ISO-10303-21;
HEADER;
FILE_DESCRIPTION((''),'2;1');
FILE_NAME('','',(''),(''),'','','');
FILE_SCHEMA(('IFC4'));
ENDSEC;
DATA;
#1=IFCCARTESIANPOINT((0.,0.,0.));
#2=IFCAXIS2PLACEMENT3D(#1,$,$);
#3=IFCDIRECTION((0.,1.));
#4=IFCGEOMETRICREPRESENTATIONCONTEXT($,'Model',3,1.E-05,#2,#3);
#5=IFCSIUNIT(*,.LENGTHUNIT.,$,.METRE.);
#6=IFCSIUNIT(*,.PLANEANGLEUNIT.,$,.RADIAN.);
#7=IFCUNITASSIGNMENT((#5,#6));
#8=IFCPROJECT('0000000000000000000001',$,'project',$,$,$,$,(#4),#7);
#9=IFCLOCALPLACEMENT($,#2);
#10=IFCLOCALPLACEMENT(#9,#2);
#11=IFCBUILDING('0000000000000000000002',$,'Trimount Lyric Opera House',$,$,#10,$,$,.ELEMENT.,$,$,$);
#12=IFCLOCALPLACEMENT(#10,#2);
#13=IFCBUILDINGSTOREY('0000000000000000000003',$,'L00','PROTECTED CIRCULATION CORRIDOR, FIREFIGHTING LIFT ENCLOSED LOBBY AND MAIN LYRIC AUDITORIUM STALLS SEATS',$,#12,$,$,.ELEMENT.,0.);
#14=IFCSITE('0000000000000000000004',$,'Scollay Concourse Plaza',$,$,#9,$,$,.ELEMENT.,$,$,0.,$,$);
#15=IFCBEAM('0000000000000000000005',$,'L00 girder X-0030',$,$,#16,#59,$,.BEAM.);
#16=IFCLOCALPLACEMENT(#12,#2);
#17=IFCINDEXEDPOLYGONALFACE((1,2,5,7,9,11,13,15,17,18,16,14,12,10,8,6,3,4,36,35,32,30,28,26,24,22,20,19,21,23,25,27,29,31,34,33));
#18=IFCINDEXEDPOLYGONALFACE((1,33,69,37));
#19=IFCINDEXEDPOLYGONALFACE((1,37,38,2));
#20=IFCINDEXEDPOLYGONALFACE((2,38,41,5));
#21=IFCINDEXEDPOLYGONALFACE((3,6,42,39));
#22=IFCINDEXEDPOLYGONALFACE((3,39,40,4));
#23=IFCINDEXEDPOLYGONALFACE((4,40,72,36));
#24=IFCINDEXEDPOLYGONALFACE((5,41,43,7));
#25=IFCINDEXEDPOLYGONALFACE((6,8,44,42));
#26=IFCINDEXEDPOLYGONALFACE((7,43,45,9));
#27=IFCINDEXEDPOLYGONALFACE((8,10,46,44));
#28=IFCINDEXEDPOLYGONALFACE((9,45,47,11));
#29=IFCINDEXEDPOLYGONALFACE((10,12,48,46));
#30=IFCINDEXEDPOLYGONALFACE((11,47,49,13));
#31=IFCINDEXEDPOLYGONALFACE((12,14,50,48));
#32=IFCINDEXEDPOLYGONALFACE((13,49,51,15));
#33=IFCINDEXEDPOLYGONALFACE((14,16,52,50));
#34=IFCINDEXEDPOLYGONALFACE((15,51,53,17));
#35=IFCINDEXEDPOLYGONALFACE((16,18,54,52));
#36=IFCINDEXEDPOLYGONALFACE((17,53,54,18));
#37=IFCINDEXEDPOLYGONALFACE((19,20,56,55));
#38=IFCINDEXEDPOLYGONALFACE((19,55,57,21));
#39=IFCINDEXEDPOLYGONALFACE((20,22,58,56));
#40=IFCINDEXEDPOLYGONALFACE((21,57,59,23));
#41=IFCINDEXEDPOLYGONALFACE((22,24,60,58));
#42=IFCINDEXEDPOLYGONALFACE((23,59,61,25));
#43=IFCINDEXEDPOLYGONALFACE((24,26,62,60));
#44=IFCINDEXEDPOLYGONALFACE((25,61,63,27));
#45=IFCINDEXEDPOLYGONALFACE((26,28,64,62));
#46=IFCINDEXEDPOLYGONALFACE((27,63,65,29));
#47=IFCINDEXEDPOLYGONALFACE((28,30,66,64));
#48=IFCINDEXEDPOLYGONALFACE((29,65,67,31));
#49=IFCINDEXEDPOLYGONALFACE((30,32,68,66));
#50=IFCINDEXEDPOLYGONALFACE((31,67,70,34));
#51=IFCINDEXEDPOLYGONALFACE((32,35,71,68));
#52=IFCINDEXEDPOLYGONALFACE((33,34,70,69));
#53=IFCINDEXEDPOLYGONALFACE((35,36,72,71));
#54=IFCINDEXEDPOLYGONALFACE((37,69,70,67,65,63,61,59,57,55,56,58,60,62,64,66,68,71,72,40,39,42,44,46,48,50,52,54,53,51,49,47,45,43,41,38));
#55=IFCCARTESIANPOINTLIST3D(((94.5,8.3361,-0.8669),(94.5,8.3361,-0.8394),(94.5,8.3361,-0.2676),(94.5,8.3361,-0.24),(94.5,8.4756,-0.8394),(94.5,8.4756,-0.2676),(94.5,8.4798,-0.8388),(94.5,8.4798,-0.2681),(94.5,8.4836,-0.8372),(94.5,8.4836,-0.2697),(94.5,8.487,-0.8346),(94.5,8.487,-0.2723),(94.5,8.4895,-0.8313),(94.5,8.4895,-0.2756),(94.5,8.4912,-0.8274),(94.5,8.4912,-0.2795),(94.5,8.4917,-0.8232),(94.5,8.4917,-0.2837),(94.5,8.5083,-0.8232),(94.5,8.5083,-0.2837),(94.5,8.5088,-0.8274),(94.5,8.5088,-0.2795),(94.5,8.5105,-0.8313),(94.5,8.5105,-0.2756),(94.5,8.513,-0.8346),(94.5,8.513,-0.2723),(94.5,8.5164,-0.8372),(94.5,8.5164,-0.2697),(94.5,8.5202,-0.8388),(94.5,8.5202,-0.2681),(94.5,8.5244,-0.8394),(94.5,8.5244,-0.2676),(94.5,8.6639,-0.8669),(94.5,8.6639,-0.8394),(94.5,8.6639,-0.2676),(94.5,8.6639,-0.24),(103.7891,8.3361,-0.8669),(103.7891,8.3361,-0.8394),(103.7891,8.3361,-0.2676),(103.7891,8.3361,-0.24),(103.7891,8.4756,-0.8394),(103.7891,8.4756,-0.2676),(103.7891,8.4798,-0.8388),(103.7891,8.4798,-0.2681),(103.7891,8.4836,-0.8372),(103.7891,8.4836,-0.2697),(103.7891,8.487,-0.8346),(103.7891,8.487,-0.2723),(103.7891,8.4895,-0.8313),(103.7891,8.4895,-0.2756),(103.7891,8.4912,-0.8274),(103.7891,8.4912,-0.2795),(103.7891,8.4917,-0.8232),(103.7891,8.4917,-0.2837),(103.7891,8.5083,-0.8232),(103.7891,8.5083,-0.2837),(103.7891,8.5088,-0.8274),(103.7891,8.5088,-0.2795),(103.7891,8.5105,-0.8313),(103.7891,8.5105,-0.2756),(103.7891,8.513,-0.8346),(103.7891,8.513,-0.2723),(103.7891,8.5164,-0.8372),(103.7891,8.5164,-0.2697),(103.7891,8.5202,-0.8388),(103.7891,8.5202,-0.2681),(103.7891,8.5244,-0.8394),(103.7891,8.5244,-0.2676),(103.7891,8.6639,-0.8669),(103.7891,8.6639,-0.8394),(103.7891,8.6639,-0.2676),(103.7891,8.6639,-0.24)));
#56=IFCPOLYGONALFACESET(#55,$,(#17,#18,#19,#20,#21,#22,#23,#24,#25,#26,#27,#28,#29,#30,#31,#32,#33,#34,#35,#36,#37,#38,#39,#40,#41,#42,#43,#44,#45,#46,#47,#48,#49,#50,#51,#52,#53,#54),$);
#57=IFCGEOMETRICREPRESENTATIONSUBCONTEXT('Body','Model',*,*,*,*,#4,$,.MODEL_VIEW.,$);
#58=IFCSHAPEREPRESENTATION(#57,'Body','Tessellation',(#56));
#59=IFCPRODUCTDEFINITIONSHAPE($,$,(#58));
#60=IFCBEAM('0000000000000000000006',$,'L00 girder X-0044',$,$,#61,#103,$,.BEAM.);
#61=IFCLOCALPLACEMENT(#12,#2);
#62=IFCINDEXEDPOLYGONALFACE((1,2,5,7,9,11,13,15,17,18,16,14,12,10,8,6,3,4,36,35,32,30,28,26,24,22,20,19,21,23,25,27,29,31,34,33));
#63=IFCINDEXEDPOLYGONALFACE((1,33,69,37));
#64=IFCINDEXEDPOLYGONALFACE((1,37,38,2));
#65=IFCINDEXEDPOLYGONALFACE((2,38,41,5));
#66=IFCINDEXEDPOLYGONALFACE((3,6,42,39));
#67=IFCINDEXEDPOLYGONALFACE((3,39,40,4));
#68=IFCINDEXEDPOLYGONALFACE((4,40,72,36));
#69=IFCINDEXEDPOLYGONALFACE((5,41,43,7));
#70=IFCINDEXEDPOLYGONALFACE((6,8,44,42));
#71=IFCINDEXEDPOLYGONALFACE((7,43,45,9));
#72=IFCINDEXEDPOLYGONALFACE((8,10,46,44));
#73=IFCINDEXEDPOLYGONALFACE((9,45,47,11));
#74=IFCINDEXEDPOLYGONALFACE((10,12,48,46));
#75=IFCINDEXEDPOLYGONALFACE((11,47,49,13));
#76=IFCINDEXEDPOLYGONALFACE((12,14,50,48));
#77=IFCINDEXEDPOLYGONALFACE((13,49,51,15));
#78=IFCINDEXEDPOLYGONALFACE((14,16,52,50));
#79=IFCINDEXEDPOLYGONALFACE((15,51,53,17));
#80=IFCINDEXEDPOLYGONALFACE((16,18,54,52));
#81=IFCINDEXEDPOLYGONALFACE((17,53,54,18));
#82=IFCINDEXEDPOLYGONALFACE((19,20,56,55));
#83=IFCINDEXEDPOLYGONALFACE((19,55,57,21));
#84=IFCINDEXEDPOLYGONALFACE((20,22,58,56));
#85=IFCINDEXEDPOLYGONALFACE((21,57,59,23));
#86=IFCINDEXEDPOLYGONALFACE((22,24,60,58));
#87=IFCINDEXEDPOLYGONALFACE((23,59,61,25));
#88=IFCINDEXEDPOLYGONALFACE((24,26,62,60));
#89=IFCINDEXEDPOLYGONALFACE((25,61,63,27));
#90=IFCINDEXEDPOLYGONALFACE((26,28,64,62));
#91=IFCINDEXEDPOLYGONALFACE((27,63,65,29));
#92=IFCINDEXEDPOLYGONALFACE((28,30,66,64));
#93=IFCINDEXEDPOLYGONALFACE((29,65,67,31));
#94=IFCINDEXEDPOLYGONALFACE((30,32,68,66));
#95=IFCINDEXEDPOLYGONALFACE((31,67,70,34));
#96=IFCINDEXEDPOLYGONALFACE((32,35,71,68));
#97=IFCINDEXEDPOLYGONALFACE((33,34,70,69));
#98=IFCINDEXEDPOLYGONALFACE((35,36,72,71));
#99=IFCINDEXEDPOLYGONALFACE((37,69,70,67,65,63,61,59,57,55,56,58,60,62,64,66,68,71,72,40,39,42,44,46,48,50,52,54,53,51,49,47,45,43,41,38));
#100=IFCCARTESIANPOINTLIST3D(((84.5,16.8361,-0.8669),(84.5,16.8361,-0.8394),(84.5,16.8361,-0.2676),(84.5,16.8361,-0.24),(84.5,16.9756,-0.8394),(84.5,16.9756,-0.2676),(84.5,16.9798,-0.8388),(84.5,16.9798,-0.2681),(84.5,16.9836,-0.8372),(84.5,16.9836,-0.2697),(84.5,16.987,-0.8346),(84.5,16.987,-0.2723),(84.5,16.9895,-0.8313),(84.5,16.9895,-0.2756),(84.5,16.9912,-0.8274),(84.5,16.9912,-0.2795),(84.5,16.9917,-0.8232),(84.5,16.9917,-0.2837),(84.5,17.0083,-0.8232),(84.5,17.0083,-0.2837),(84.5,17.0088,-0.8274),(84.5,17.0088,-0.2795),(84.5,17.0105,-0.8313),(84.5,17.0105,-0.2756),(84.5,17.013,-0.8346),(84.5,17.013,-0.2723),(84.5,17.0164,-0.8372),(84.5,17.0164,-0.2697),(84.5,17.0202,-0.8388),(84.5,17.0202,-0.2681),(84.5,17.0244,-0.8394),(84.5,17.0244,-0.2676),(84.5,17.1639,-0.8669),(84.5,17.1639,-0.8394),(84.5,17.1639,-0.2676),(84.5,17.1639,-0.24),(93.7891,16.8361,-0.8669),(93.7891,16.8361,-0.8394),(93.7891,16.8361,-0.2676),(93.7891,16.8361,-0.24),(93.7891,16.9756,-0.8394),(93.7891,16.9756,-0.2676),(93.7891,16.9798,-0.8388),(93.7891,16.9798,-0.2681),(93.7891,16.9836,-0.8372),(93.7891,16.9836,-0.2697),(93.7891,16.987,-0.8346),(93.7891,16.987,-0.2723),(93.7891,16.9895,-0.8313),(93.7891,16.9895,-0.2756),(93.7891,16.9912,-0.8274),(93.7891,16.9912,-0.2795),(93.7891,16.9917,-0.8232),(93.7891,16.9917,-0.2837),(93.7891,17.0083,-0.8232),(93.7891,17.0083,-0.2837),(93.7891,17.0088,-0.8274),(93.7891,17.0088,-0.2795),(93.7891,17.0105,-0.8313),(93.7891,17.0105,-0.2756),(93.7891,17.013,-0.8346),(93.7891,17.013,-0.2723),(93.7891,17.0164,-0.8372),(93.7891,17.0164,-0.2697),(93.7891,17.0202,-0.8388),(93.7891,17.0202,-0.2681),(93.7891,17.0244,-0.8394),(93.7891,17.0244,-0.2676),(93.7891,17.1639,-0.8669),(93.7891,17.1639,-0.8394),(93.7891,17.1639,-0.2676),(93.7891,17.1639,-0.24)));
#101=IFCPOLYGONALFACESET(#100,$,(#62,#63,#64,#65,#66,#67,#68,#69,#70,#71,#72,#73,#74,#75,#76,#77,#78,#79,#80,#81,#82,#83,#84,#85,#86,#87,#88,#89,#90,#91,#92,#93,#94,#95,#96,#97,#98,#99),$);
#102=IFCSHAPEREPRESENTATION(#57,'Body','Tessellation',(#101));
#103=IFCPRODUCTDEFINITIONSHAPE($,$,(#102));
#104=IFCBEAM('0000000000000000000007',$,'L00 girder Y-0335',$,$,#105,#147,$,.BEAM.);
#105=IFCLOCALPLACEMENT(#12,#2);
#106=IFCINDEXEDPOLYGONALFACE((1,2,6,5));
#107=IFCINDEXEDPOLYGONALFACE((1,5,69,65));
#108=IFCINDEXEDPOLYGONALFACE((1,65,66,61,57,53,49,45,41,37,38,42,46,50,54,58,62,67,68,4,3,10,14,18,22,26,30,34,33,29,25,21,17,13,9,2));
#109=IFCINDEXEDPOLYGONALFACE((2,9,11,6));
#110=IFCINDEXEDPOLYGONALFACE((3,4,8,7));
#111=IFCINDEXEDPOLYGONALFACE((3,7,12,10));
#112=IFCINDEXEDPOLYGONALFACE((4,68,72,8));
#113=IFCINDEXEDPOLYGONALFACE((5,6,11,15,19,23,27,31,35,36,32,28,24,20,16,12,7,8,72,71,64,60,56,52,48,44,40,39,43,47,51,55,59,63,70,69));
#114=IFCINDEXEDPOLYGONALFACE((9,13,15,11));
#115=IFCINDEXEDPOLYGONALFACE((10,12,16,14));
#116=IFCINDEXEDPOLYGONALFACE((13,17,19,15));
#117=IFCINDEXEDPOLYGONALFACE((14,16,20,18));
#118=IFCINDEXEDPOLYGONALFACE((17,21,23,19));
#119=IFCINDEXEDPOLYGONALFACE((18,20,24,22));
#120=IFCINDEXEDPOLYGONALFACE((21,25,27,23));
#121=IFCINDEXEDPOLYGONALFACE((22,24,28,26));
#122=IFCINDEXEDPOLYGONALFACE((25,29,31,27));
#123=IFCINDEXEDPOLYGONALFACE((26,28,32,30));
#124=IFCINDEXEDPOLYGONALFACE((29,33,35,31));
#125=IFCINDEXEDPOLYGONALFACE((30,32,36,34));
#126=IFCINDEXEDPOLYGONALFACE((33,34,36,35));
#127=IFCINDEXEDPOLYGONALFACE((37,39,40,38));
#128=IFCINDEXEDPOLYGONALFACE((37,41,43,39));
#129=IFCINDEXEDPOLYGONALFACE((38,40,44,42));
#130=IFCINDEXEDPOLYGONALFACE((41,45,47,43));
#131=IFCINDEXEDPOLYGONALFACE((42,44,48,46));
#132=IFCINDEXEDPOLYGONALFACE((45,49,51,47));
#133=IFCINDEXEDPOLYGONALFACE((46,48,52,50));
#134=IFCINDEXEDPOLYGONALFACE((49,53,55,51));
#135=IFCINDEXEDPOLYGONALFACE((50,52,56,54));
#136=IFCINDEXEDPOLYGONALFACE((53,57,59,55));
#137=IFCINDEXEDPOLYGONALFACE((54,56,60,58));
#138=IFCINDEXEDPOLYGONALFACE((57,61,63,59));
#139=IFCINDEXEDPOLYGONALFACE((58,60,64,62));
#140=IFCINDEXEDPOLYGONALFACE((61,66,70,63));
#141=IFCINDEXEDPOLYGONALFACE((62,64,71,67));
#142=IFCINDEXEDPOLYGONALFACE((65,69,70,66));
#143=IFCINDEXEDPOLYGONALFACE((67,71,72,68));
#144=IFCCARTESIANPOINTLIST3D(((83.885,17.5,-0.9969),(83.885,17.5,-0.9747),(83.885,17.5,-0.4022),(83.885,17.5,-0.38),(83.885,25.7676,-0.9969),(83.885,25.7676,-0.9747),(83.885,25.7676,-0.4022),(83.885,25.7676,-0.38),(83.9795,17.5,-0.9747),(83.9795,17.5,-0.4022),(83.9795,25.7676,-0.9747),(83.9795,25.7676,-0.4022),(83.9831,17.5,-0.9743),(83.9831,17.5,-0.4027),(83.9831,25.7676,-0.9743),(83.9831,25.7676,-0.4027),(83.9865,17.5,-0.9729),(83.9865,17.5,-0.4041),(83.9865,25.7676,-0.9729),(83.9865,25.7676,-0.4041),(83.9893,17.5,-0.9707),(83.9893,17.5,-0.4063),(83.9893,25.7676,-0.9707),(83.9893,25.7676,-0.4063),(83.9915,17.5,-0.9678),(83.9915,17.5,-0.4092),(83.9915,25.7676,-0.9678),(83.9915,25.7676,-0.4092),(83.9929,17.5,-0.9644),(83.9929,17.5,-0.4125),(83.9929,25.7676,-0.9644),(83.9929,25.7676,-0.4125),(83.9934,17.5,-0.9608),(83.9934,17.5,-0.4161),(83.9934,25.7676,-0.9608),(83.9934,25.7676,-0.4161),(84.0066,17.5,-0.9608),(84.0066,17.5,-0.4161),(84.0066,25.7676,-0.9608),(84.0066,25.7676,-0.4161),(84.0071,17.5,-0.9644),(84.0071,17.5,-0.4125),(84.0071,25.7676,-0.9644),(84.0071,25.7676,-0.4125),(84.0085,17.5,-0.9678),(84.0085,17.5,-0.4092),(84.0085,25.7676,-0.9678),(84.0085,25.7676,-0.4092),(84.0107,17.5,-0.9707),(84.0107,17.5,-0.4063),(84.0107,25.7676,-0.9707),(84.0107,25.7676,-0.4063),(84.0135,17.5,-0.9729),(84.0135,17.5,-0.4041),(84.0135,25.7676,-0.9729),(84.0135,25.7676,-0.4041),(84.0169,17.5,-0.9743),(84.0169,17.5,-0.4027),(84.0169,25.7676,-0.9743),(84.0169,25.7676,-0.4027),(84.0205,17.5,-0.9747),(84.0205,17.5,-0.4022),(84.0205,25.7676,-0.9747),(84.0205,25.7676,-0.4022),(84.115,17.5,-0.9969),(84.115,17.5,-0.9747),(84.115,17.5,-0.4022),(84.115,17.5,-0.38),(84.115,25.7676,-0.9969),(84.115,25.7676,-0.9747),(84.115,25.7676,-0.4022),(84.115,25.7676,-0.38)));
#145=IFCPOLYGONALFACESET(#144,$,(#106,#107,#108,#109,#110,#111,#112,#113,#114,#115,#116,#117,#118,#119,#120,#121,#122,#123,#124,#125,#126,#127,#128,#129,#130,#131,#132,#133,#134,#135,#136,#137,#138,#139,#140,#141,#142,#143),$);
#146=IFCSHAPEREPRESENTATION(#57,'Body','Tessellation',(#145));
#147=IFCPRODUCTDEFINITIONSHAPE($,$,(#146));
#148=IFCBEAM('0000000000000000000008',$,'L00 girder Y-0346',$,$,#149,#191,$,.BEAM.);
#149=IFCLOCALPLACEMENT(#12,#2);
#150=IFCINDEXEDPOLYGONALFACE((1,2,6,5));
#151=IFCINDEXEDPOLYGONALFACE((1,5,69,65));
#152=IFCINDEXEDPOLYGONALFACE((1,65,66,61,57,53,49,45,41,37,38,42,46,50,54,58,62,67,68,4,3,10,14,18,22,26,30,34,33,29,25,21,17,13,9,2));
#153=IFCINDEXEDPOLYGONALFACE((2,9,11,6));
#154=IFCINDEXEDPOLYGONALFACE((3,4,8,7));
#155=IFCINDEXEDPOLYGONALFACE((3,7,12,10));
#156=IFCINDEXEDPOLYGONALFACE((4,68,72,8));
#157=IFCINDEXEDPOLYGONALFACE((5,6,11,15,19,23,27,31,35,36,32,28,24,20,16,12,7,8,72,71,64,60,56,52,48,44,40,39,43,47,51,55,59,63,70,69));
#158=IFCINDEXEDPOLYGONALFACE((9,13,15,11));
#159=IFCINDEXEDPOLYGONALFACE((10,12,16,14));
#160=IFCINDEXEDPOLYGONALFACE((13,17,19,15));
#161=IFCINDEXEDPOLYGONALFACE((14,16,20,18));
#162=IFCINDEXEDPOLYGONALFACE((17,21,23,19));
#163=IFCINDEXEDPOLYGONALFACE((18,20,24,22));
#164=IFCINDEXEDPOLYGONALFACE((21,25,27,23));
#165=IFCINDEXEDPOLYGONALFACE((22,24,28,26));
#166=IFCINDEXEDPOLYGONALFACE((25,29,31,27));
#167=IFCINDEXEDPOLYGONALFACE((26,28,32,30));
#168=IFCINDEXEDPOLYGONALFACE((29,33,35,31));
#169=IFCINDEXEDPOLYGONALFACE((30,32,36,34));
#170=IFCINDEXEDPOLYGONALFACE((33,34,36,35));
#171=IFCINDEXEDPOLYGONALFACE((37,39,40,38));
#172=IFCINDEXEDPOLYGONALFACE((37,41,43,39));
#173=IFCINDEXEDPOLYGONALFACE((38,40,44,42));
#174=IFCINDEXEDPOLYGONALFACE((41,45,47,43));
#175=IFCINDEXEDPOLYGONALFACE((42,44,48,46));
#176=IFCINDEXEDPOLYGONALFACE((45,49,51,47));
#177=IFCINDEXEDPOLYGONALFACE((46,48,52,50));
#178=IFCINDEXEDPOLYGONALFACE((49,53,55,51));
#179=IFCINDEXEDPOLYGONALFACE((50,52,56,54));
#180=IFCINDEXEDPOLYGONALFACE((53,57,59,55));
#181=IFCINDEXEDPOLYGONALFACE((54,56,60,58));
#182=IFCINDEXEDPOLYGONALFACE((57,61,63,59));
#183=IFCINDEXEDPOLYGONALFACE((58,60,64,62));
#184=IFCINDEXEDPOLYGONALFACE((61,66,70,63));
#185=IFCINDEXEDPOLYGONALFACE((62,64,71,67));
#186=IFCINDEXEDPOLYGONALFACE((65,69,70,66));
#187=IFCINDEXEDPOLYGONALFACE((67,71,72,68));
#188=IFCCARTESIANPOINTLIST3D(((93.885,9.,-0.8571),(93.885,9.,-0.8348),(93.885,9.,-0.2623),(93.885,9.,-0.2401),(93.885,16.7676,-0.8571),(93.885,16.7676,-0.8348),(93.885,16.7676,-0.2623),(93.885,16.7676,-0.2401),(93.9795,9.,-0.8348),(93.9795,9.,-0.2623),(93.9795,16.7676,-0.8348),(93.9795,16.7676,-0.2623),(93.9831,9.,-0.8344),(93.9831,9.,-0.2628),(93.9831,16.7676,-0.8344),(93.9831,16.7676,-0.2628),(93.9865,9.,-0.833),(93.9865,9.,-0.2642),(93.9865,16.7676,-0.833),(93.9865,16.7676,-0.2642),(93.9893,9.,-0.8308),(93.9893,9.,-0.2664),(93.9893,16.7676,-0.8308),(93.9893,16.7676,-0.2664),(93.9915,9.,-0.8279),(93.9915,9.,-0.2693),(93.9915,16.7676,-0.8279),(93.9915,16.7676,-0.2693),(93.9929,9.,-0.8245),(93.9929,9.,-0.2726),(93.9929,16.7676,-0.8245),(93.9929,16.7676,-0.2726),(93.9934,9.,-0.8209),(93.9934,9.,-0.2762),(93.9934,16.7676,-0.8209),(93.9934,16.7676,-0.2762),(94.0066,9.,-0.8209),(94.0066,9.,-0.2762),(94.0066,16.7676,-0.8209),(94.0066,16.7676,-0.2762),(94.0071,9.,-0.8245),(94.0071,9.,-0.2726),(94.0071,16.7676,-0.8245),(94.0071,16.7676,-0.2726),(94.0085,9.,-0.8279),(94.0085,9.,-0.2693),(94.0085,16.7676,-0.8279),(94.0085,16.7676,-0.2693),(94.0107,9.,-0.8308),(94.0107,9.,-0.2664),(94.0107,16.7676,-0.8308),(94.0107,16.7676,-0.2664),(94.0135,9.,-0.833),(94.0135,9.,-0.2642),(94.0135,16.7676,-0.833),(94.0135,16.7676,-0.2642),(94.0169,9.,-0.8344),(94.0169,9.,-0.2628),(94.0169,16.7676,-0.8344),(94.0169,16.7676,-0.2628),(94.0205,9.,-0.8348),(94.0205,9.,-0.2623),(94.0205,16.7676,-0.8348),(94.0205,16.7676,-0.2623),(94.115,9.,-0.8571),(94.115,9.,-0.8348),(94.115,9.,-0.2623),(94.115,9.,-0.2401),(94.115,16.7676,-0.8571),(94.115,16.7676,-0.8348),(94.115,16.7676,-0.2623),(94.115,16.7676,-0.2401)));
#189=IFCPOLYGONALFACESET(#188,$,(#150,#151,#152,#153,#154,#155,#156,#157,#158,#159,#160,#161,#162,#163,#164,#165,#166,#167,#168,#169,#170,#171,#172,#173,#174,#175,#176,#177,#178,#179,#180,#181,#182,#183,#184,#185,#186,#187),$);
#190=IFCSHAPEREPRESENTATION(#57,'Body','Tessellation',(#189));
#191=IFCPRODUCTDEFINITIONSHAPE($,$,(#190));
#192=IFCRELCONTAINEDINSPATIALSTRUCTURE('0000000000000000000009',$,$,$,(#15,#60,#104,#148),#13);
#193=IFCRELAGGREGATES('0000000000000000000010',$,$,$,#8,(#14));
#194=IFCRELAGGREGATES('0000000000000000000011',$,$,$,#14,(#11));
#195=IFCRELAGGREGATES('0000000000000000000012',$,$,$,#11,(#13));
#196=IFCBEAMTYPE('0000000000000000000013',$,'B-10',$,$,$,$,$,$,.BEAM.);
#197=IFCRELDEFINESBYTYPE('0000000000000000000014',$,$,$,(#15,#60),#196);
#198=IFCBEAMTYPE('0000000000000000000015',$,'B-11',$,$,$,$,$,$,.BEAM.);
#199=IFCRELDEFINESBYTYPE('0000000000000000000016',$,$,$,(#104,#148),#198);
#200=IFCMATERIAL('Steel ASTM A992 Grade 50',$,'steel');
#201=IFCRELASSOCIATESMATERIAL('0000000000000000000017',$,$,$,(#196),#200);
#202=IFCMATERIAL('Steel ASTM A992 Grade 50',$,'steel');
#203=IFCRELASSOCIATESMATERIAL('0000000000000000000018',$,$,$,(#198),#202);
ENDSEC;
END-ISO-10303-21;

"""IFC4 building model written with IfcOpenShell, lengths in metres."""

from ifc_helpers import new_model, si_unit, direction, frame, origin, origin_2d, place, context, subcontext, project, spatial, i_section, extrude, material, material_profile, profile_set, type_object, element, save


model = new_model("IFC4")

# Units and contexts
model_context = context("Model", 3, precision=1e-05, world=origin(), true_north=direction((0.0, 1.0)))
body_context = subcontext(model_context, "Body", "Model", "MODEL_VIEW")
ifc_project = project(units=[si_unit("LENGTHUNIT", "METRE"), si_unit("PLANEANGLEUNIT", "RADIAN")], contexts=[model_context])

# Site, building, storey
site_placement = place(None, origin())
site = spatial("IfcSite", under=ifc_project, at=site_placement, Name="Scollay Concourse Plaza", CompositionType="ELEMENT", RefElevation=0.0)
building_placement = place(site_placement, origin())
building = spatial("IfcBuilding", under=site, at=building_placement, Name="Trimount Lyric Opera House", CompositionType="ELEMENT")
storey_placement = place(building_placement, origin())
storey = spatial("IfcBuildingStorey", under=building, at=storey_placement, Name="L00", Description="PROTECTED CIRCULATION CORRIDOR, FIREFIGHTING LIFT ENCLOSED LOBBY AND MAIN LYRIC AUDITORIUM STALLS SEATS", CompositionType="ELEMENT", Elevation=0.0)

# Beams
ifc_material_1 = material(Name="Steel ASTM A992 Grade 50", Category="steel")
ifc_material_profile_1 = material_profile(ifc_material_1, i_section(OverallWidth=0.3279, OverallDepth=0.627, WebThickness=0.0166, FlangeThickness=0.0276, FilletRadius=0.0161, at=origin_2d()), Name="W24X146")
ifc_profile_set_1 = profile_set([ifc_material_profile_1], Name="Steel ASTM A992 Grade 50")
beam_type_1 = type_object("IfcBeamType", Name="B-10", PredefinedType="BEAM", material=ifc_profile_set_1)
for number, where, z_axis, x_axis, name in (
    (1, (94.5, 8.5, -0.5535), (1.0, 0.0, 0.0), (0.0, 1.0, 0.0), "L00 girder X-0030"),
    (2, (84.5, 17.0, -0.5535), (1.0, 0.0, 0.0), (0.0, 1.0, 0.0), "L00 girder X-0044"),
):
    element("IfcBeam", number, at=place(storey_placement, frame(where, z_axis=z_axis, x_axis=x_axis)), inside=storey, type_object=beam_type_1, Name=name, PredefinedType="BEAM", context=body_context, shape_type="SweptSolid", body=[
        extrude(i_section(OverallWidth=0.3279, OverallDepth=0.627, WebThickness=0.0166, FlangeThickness=0.0276, FilletRadius=0.0161, at=origin_2d()), origin(), (0.0, 0.0, 1.0), 9.2891),
    ])
ifc_material_2 = material(Name="Steel ASTM A992 Grade 50", Category="steel")
ifc_material_profile_2 = material_profile(ifc_material_2, i_section(OverallWidth=0.23, OverallDepth=0.6169, WebThickness=0.0132, FlangeThickness=0.0222, FilletRadius=0.0139, at=origin_2d()), Name="W24X94")
ifc_profile_set_2 = profile_set([ifc_material_profile_2], Name="Steel ASTM A992 Grade 50")
beam_type_2 = type_object("IfcBeamType", Name="B-11", PredefinedType="BEAM", material=ifc_profile_set_2)
beam_1_placement = place(storey_placement, frame((84.0, 17.5, -0.6885), z_axis=(0.0, 1.0, 0.0), x_axis=(-1.0, 0.0, 0.0)))
element("IfcBeam", 3, at=beam_1_placement, inside=storey, type_object=beam_type_2, Name="L00 girder Y-0335", PredefinedType="BEAM", context=body_context, shape_type="SweptSolid", body=[
    extrude(i_section(OverallWidth=0.23, OverallDepth=0.6169, WebThickness=0.0132, FlangeThickness=0.0222, FilletRadius=0.0139, at=origin_2d()), origin(), (0.0, 0.0, 1.0), 8.2676),
])
beam_2_placement = place(storey_placement, frame((94.0, 9.0, -0.5486), z_axis=(0.0, 1.0, 0.0), x_axis=(-1.0, 0.0, 0.0)))
element("IfcBeam", 4, at=beam_2_placement, inside=storey, type_object=beam_type_2, Name="L00 girder Y-0346", PredefinedType="BEAM", context=body_context, shape_type="SweptSolid", body=[
    extrude(i_section(OverallWidth=0.23, OverallDepth=0.6169, WebThickness=0.0132, FlangeThickness=0.0222, FilletRadius=0.0139, at=origin_2d()), origin(), (0.0, 0.0, 1.0), 7.7676),
])

save(model, "model.ifc")
